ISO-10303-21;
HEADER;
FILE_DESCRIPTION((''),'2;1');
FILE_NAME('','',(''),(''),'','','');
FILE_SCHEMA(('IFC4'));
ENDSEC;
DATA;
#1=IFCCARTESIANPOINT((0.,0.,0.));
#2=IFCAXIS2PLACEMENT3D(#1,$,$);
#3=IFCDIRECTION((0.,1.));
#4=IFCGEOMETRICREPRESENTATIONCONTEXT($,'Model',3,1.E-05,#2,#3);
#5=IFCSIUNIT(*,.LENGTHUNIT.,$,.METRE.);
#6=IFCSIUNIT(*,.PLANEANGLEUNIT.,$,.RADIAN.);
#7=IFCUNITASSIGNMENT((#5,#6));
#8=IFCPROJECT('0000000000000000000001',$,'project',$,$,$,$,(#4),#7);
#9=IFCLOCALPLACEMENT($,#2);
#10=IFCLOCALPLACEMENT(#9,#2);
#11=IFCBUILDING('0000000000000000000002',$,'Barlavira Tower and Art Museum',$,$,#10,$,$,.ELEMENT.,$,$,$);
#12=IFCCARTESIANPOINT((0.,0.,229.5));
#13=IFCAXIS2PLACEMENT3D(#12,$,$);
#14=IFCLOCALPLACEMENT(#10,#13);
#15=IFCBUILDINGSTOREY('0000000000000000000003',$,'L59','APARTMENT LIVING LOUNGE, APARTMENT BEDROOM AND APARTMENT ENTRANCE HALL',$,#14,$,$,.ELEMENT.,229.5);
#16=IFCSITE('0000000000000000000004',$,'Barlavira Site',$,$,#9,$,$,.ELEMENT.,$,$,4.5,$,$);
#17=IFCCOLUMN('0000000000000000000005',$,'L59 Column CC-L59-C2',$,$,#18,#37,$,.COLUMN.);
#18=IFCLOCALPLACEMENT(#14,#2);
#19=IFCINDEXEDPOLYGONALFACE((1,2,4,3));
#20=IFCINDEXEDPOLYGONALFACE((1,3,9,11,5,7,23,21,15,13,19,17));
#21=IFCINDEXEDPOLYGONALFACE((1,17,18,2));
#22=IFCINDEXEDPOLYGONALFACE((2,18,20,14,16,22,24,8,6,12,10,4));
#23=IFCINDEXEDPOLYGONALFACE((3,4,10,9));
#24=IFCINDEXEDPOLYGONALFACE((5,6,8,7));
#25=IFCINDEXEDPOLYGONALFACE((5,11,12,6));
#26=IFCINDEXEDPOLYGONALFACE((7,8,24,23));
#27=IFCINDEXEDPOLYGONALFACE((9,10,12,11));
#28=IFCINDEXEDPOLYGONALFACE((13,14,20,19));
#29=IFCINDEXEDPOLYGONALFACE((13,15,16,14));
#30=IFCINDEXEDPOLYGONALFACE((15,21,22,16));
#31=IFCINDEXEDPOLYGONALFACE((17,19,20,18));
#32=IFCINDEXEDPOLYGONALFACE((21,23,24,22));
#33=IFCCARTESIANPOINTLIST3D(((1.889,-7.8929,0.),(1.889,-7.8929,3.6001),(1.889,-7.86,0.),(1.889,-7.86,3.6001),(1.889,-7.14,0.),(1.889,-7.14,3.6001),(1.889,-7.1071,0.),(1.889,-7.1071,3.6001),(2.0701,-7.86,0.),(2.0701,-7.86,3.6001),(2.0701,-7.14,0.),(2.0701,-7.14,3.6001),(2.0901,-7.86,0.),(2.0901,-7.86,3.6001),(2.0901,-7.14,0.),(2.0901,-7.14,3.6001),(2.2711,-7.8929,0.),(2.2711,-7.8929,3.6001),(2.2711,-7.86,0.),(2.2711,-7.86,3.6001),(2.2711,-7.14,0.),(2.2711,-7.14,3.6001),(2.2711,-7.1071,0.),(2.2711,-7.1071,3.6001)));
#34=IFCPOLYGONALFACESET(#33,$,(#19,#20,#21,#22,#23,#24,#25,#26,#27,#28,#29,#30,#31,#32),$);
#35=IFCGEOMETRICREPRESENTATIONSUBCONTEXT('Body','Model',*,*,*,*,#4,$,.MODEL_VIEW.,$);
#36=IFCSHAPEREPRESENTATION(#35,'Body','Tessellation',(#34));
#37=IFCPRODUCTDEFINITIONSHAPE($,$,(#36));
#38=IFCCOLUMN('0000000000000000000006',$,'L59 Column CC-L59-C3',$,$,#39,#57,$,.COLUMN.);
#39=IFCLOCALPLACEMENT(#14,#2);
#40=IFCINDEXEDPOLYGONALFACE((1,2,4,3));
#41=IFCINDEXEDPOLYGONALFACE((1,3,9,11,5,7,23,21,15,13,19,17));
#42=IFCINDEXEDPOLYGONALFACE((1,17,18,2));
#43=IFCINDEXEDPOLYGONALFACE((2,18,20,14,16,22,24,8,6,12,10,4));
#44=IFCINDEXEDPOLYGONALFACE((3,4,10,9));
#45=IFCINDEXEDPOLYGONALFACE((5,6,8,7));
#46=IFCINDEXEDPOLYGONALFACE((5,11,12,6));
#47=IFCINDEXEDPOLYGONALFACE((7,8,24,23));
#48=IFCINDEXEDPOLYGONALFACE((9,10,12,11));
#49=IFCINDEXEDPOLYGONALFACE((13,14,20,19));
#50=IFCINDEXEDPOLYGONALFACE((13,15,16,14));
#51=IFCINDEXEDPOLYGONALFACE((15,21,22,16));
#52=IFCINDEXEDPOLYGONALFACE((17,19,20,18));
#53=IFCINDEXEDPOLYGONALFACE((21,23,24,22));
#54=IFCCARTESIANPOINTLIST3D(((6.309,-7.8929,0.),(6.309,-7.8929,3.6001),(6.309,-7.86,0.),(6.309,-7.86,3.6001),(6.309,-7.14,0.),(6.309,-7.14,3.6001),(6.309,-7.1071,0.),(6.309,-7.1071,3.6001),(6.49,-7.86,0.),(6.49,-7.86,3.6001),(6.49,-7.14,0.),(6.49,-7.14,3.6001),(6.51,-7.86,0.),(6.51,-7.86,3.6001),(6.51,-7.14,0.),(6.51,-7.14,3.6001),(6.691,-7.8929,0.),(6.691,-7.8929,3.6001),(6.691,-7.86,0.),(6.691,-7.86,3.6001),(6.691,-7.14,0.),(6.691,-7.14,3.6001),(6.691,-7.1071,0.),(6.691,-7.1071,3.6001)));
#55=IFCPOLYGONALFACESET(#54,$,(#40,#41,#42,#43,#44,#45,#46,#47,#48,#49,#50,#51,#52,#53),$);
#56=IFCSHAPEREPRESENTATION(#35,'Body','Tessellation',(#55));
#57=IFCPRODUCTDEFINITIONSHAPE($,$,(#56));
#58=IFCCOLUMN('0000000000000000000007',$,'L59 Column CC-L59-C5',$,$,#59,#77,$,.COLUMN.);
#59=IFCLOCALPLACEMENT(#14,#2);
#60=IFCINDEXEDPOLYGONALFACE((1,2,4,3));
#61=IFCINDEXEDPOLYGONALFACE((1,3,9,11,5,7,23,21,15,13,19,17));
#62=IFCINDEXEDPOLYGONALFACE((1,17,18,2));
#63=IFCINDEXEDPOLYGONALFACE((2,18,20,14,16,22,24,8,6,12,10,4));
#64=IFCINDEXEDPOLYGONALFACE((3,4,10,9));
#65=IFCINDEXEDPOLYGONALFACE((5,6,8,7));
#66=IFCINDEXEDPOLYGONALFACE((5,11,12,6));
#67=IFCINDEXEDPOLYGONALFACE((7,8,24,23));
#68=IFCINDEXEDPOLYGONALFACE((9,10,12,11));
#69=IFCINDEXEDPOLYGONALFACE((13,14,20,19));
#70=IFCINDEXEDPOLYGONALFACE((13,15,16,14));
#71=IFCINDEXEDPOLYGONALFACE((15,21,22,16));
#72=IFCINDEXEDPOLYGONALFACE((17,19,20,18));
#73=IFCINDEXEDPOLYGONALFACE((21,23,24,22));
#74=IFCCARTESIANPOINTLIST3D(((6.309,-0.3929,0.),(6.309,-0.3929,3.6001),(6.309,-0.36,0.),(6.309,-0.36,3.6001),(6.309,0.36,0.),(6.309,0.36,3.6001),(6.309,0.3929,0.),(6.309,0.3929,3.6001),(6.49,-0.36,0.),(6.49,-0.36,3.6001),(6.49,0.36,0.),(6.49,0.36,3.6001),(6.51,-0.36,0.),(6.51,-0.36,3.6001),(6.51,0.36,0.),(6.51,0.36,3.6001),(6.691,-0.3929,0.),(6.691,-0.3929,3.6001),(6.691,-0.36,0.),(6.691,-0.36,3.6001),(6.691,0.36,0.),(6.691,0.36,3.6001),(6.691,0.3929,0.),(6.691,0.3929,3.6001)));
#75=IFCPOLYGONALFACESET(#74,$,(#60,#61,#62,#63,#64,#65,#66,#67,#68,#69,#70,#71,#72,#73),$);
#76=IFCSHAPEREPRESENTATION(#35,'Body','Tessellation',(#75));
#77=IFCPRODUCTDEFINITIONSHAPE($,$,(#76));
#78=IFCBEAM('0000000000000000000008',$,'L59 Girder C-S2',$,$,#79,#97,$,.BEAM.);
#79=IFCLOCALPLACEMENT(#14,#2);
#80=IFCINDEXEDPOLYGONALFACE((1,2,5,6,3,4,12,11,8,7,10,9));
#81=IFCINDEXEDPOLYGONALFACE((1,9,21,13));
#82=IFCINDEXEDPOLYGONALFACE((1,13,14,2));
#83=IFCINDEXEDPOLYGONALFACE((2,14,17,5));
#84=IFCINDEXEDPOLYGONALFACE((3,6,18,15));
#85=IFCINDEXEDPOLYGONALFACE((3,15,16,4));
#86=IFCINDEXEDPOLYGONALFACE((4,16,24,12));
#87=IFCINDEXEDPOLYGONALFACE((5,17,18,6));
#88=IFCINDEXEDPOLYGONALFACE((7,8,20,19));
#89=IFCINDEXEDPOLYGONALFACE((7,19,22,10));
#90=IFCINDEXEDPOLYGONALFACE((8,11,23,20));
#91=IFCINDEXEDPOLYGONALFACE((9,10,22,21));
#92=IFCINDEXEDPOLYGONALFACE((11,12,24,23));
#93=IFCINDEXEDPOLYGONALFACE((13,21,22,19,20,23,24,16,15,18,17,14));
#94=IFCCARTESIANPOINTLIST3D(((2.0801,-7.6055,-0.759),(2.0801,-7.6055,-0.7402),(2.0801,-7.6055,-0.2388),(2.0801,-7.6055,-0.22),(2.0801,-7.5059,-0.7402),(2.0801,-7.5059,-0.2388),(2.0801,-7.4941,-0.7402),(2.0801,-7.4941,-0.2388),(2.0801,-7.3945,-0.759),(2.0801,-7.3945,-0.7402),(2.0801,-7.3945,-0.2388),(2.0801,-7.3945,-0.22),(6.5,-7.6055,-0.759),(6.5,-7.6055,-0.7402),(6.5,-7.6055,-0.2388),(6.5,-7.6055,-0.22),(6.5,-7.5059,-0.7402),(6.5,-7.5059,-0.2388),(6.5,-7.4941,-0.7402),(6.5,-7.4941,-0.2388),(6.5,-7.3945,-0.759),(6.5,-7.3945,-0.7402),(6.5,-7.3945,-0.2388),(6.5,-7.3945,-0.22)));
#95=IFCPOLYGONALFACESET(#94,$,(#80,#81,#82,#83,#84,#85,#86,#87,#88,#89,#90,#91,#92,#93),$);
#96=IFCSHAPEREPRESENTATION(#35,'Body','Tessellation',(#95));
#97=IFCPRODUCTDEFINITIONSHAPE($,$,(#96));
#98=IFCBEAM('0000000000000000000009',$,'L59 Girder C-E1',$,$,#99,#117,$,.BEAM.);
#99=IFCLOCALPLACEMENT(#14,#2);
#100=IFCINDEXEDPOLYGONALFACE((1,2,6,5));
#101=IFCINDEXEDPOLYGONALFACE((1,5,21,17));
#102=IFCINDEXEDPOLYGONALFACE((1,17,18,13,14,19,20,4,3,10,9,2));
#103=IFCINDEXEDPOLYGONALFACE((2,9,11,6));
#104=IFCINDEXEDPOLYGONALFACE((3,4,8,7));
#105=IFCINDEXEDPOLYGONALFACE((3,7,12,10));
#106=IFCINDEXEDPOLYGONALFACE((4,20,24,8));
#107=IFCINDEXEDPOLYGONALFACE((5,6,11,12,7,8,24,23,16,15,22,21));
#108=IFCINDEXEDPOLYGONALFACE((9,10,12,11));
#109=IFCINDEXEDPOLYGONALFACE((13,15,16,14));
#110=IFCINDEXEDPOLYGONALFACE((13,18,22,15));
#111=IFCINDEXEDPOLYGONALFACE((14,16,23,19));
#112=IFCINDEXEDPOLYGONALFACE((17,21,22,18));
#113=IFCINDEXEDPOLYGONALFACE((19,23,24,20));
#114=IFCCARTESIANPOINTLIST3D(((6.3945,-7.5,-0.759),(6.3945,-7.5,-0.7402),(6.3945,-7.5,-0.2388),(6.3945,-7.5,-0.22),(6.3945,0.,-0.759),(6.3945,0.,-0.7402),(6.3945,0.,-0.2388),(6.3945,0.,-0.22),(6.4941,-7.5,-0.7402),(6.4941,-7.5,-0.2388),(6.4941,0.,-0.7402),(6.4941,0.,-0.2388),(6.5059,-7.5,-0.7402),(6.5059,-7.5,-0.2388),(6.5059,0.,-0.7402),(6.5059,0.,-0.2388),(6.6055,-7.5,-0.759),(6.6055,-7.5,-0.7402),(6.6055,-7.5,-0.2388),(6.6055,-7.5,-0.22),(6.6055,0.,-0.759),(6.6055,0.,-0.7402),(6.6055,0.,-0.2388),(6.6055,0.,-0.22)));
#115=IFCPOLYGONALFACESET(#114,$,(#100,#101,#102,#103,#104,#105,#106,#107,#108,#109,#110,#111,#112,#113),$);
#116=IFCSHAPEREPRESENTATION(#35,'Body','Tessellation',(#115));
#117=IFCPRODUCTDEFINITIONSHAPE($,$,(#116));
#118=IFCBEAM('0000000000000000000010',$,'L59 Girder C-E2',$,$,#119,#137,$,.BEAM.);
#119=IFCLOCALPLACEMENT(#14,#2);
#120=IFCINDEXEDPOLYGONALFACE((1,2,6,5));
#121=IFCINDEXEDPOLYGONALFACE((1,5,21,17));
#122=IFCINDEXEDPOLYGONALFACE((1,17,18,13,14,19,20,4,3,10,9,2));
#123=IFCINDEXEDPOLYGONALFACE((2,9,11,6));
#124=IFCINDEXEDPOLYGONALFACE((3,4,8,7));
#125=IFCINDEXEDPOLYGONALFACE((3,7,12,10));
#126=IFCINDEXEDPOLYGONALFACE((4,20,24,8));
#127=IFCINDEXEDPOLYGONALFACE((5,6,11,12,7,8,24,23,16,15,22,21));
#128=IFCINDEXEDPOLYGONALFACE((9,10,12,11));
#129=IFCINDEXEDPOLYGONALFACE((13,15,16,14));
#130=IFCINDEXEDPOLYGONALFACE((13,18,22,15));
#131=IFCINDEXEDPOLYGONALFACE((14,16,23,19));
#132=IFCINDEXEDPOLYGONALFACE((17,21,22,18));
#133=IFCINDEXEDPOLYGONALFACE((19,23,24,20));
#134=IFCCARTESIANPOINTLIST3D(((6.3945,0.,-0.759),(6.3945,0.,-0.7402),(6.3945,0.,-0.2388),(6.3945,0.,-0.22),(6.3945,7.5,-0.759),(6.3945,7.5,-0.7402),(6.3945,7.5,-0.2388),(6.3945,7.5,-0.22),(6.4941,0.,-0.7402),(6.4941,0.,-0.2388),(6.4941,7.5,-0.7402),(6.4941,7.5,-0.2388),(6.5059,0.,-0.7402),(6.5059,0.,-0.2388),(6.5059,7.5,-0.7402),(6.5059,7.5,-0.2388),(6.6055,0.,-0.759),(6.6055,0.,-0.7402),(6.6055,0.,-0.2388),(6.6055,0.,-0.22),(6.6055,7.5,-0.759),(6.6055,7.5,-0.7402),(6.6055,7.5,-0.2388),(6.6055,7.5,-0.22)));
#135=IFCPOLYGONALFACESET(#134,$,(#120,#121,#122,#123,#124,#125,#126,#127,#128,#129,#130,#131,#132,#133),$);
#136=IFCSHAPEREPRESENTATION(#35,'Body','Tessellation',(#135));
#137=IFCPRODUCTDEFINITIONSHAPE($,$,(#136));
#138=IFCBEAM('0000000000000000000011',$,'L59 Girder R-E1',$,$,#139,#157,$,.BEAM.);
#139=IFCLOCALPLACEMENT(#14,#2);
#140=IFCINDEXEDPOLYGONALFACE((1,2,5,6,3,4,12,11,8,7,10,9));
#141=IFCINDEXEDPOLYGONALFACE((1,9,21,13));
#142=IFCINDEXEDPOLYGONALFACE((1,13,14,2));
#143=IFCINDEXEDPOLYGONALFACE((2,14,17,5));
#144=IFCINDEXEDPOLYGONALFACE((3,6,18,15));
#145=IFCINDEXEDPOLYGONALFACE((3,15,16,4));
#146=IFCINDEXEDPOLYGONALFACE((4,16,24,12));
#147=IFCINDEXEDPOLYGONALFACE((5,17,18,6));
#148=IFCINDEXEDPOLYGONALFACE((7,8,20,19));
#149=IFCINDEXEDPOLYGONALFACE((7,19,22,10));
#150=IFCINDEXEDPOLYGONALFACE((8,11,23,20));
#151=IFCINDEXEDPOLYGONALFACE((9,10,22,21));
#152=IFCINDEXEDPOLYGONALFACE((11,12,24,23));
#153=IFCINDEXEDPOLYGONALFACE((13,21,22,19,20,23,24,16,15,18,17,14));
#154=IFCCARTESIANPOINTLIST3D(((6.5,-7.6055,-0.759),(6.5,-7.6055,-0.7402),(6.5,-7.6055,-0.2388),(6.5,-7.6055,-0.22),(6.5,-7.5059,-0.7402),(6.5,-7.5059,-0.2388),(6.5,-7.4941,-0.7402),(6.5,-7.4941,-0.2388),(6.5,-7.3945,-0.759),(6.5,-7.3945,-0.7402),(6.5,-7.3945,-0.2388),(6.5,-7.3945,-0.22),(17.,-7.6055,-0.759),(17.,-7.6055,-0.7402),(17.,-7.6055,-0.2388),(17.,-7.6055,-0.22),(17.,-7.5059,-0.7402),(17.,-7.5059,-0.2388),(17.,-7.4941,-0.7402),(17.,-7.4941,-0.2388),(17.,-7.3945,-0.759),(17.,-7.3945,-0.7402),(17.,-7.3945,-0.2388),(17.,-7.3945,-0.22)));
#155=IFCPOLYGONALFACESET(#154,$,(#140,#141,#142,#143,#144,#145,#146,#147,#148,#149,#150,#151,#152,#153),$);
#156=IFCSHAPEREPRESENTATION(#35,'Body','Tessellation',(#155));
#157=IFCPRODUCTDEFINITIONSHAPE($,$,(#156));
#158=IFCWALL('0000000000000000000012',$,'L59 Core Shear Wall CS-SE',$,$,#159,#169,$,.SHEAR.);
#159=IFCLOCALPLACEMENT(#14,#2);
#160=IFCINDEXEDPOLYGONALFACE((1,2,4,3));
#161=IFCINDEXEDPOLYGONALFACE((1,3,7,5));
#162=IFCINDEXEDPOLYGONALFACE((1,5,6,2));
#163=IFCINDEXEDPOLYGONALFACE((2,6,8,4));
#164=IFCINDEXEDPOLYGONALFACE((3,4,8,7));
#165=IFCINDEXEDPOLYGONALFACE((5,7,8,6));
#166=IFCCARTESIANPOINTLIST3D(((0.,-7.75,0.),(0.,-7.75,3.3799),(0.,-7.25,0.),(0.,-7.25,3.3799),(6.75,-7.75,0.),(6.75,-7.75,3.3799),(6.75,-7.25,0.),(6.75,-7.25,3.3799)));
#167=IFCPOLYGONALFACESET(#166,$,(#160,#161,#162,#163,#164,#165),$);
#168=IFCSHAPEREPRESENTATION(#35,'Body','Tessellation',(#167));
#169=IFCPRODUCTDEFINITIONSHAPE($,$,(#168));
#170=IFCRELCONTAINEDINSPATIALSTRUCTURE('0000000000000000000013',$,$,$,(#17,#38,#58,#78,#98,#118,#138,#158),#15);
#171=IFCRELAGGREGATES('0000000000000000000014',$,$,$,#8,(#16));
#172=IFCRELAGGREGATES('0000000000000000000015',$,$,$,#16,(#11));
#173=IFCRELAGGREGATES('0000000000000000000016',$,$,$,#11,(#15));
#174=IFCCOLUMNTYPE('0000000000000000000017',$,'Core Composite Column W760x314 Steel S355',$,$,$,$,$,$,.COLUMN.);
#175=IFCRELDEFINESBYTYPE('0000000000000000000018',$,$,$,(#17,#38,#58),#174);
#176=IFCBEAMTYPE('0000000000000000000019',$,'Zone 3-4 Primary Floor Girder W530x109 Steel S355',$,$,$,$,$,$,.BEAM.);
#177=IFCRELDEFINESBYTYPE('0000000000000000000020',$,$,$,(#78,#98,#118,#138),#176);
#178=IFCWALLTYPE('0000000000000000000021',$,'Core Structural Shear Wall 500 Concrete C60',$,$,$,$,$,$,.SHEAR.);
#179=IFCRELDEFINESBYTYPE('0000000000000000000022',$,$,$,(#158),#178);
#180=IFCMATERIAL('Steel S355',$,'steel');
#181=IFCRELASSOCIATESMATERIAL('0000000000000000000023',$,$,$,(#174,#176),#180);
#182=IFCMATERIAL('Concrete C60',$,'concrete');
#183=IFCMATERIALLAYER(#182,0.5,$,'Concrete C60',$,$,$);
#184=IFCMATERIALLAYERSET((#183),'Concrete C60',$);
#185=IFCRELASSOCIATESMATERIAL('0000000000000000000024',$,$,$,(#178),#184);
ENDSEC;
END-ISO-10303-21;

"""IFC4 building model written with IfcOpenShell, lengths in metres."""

from ifc_helpers import new_model, si_unit, direction, frame, frame_2d, origin, origin_2d, place, context, subcontext, project, spatial, rectangle, i_section, extrude, material, layer, layer_set, material_profile, profile_set, type_object, element, save


model = new_model("IFC4")

# Units and contexts
model_context = context("Model", 3, precision=1e-05, world=origin(), true_north=direction((0.0, 1.0)))
body_context = subcontext(model_context, "Body", "Model", "MODEL_VIEW")
ifc_project = project(units=[si_unit("LENGTHUNIT", "METRE"), si_unit("PLANEANGLEUNIT", "RADIAN")], contexts=[model_context])

# Site, building, storey
site_placement = place(None, origin())
site = spatial("IfcSite", under=ifc_project, at=site_placement, Name="Barlavira Site", CompositionType="ELEMENT", RefElevation=4.5)
building_placement = place(site_placement, origin())
building = spatial("IfcBuilding", under=site, at=building_placement, Name="Barlavira Tower and Art Museum", CompositionType="ELEMENT")
storey_placement = place(building_placement, frame((0.0, 0.0, 229.5)))
storey = spatial("IfcBuildingStorey", under=building, at=storey_placement, Name="L59", Description="APARTMENT LIVING LOUNGE, APARTMENT BEDROOM AND APARTMENT ENTRANCE HALL", CompositionType="ELEMENT", Elevation=229.5)

# Columns
ifc_material_1 = material(Name="Steel S355", Category="steel")
ifc_material_profile_1 = material_profile(ifc_material_1, i_section(OverallWidth=0.3821, OverallDepth=0.7859, WebThickness=0.02, FlangeThickness=0.033, at=origin_2d()), Name="W760x314.0")
ifc_profile_set_1 = profile_set([ifc_material_profile_1], Name="Steel S355")
column_type = type_object("IfcColumnType", Name="Core Composite Column W760x314 Steel S355", PredefinedType="COLUMN", material=ifc_profile_set_1)
for number, where, z_axis, x_axis, name in (
    (1, (2.0801, -7.5, 0.0), (0.0, 0.0, 1.0), (1.0, 0.0, 0.0), "L59 Column CC-L59-C2"),
    (2, (6.5, -7.5, 0.0), (0.0, 0.0, 1.0), (1.0, 0.0, 0.0), "L59 Column CC-L59-C3"),
    (3, (6.5, 0.0, 0.0), (0.0, 0.0, 1.0), (1.0, 0.0, 0.0), "L59 Column CC-L59-C5"),
):
    element("IfcColumn", number, at=place(storey_placement, frame(where, z_axis=z_axis, x_axis=x_axis)), inside=storey, type_object=column_type, Name=name, PredefinedType="COLUMN", context=body_context, shape_type="SweptSolid", body=[
        extrude(i_section(OverallWidth=0.3821, OverallDepth=0.7859, WebThickness=0.02, FlangeThickness=0.033, at=origin_2d()), origin(), (0.0, 0.0, 1.0), 3.6001),
    ])

# Beams
ifc_material_profile_2 = material_profile(ifc_material_1, i_section(OverallWidth=0.2109, OverallDepth=0.5391, WebThickness=0.0117, FlangeThickness=0.0188, at=origin_2d()), Name="W530x109.0")
ifc_profile_set_2 = profile_set([ifc_material_profile_2], Name="Steel S355")
beam_type = type_object("IfcBeamType", Name="Zone 3-4 Primary Floor Girder W530x109 Steel S355", PredefinedType="BEAM", material=ifc_profile_set_2)
beam_1_placement = place(storey_placement, frame((2.0801, -7.5, -0.4895), z_axis=(1.0, 0.0, 0.0), x_axis=(0.0, 1.0, 0.0)))
element("IfcBeam", 4, at=beam_1_placement, inside=storey, type_object=beam_type, Name="L59 Girder C-S2", PredefinedType="BEAM", context=body_context, shape_type="SweptSolid", body=[
    extrude(i_section(OverallWidth=0.2109, OverallDepth=0.5391, WebThickness=0.0117, FlangeThickness=0.0188, at=origin_2d()), origin(), (0.0, 0.0, 1.0), 4.4199),
])
for number, where, z_axis, x_axis, name in (
    (5, (6.5, -7.5, -0.4895), (0.0, 1.0, 0.0), (-1.0, 0.0, 0.0), "L59 Girder C-E1"),
    (6, (6.5, 0.0, -0.4895), (0.0, 1.0, 0.0), (-1.0, 0.0, 0.0), "L59 Girder C-E2"),
):
    element("IfcBeam", number, at=place(storey_placement, frame(where, z_axis=z_axis, x_axis=x_axis)), inside=storey, type_object=beam_type, Name=name, PredefinedType="BEAM", context=body_context, shape_type="SweptSolid", body=[
        extrude(i_section(OverallWidth=0.2109, OverallDepth=0.5391, WebThickness=0.0117, FlangeThickness=0.0188, at=origin_2d()), origin(), (0.0, 0.0, 1.0), 7.5),
    ])
beam_2_placement = place(storey_placement, frame((6.5, -7.5, -0.4895), z_axis=(1.0, 0.0, 0.0), x_axis=(0.0, 1.0, 0.0)))
element("IfcBeam", 7, at=beam_2_placement, inside=storey, type_object=beam_type, Name="L59 Girder R-E1", PredefinedType="BEAM", context=body_context, shape_type="SweptSolid", body=[
    extrude(i_section(OverallWidth=0.2109, OverallDepth=0.5391, WebThickness=0.0117, FlangeThickness=0.0188, at=origin_2d()), origin(), (0.0, 0.0, 1.0), 10.5),
])

# Wall
ifc_material_2 = material(Name="Concrete C60", Category="concrete")
ifc_layer_1 = layer(ifc_material_2, 0.5, Name="Concrete C60")
ifc_layer_set_1 = layer_set([ifc_layer_1], Name="Concrete C60")
wall_type_1 = type_object("IfcWallType", Name="Core Structural Shear Wall 500 Concrete C60", PredefinedType="SHEAR", material=ifc_layer_set_1)
wall_1_placement = place(storey_placement, frame((0.0, -7.5, 0.0), z_axis=(0.0, 0.0, 1.0), x_axis=(1.0, 0.0, 0.0)))
element("IfcWall", 8, at=wall_1_placement, inside=storey, type_object=wall_type_1, Name="L59 Core Shear Wall CS-SE", PredefinedType="SHEAR", context=body_context, shape_type="SweptSolid", body=[
    extrude(rectangle(XDim=6.75, YDim=0.5, at=frame_2d((3.375, 0.0))), origin(), (0.0, 0.0, 1.0), 3.3799),
])

save(model, "model.ifc")
